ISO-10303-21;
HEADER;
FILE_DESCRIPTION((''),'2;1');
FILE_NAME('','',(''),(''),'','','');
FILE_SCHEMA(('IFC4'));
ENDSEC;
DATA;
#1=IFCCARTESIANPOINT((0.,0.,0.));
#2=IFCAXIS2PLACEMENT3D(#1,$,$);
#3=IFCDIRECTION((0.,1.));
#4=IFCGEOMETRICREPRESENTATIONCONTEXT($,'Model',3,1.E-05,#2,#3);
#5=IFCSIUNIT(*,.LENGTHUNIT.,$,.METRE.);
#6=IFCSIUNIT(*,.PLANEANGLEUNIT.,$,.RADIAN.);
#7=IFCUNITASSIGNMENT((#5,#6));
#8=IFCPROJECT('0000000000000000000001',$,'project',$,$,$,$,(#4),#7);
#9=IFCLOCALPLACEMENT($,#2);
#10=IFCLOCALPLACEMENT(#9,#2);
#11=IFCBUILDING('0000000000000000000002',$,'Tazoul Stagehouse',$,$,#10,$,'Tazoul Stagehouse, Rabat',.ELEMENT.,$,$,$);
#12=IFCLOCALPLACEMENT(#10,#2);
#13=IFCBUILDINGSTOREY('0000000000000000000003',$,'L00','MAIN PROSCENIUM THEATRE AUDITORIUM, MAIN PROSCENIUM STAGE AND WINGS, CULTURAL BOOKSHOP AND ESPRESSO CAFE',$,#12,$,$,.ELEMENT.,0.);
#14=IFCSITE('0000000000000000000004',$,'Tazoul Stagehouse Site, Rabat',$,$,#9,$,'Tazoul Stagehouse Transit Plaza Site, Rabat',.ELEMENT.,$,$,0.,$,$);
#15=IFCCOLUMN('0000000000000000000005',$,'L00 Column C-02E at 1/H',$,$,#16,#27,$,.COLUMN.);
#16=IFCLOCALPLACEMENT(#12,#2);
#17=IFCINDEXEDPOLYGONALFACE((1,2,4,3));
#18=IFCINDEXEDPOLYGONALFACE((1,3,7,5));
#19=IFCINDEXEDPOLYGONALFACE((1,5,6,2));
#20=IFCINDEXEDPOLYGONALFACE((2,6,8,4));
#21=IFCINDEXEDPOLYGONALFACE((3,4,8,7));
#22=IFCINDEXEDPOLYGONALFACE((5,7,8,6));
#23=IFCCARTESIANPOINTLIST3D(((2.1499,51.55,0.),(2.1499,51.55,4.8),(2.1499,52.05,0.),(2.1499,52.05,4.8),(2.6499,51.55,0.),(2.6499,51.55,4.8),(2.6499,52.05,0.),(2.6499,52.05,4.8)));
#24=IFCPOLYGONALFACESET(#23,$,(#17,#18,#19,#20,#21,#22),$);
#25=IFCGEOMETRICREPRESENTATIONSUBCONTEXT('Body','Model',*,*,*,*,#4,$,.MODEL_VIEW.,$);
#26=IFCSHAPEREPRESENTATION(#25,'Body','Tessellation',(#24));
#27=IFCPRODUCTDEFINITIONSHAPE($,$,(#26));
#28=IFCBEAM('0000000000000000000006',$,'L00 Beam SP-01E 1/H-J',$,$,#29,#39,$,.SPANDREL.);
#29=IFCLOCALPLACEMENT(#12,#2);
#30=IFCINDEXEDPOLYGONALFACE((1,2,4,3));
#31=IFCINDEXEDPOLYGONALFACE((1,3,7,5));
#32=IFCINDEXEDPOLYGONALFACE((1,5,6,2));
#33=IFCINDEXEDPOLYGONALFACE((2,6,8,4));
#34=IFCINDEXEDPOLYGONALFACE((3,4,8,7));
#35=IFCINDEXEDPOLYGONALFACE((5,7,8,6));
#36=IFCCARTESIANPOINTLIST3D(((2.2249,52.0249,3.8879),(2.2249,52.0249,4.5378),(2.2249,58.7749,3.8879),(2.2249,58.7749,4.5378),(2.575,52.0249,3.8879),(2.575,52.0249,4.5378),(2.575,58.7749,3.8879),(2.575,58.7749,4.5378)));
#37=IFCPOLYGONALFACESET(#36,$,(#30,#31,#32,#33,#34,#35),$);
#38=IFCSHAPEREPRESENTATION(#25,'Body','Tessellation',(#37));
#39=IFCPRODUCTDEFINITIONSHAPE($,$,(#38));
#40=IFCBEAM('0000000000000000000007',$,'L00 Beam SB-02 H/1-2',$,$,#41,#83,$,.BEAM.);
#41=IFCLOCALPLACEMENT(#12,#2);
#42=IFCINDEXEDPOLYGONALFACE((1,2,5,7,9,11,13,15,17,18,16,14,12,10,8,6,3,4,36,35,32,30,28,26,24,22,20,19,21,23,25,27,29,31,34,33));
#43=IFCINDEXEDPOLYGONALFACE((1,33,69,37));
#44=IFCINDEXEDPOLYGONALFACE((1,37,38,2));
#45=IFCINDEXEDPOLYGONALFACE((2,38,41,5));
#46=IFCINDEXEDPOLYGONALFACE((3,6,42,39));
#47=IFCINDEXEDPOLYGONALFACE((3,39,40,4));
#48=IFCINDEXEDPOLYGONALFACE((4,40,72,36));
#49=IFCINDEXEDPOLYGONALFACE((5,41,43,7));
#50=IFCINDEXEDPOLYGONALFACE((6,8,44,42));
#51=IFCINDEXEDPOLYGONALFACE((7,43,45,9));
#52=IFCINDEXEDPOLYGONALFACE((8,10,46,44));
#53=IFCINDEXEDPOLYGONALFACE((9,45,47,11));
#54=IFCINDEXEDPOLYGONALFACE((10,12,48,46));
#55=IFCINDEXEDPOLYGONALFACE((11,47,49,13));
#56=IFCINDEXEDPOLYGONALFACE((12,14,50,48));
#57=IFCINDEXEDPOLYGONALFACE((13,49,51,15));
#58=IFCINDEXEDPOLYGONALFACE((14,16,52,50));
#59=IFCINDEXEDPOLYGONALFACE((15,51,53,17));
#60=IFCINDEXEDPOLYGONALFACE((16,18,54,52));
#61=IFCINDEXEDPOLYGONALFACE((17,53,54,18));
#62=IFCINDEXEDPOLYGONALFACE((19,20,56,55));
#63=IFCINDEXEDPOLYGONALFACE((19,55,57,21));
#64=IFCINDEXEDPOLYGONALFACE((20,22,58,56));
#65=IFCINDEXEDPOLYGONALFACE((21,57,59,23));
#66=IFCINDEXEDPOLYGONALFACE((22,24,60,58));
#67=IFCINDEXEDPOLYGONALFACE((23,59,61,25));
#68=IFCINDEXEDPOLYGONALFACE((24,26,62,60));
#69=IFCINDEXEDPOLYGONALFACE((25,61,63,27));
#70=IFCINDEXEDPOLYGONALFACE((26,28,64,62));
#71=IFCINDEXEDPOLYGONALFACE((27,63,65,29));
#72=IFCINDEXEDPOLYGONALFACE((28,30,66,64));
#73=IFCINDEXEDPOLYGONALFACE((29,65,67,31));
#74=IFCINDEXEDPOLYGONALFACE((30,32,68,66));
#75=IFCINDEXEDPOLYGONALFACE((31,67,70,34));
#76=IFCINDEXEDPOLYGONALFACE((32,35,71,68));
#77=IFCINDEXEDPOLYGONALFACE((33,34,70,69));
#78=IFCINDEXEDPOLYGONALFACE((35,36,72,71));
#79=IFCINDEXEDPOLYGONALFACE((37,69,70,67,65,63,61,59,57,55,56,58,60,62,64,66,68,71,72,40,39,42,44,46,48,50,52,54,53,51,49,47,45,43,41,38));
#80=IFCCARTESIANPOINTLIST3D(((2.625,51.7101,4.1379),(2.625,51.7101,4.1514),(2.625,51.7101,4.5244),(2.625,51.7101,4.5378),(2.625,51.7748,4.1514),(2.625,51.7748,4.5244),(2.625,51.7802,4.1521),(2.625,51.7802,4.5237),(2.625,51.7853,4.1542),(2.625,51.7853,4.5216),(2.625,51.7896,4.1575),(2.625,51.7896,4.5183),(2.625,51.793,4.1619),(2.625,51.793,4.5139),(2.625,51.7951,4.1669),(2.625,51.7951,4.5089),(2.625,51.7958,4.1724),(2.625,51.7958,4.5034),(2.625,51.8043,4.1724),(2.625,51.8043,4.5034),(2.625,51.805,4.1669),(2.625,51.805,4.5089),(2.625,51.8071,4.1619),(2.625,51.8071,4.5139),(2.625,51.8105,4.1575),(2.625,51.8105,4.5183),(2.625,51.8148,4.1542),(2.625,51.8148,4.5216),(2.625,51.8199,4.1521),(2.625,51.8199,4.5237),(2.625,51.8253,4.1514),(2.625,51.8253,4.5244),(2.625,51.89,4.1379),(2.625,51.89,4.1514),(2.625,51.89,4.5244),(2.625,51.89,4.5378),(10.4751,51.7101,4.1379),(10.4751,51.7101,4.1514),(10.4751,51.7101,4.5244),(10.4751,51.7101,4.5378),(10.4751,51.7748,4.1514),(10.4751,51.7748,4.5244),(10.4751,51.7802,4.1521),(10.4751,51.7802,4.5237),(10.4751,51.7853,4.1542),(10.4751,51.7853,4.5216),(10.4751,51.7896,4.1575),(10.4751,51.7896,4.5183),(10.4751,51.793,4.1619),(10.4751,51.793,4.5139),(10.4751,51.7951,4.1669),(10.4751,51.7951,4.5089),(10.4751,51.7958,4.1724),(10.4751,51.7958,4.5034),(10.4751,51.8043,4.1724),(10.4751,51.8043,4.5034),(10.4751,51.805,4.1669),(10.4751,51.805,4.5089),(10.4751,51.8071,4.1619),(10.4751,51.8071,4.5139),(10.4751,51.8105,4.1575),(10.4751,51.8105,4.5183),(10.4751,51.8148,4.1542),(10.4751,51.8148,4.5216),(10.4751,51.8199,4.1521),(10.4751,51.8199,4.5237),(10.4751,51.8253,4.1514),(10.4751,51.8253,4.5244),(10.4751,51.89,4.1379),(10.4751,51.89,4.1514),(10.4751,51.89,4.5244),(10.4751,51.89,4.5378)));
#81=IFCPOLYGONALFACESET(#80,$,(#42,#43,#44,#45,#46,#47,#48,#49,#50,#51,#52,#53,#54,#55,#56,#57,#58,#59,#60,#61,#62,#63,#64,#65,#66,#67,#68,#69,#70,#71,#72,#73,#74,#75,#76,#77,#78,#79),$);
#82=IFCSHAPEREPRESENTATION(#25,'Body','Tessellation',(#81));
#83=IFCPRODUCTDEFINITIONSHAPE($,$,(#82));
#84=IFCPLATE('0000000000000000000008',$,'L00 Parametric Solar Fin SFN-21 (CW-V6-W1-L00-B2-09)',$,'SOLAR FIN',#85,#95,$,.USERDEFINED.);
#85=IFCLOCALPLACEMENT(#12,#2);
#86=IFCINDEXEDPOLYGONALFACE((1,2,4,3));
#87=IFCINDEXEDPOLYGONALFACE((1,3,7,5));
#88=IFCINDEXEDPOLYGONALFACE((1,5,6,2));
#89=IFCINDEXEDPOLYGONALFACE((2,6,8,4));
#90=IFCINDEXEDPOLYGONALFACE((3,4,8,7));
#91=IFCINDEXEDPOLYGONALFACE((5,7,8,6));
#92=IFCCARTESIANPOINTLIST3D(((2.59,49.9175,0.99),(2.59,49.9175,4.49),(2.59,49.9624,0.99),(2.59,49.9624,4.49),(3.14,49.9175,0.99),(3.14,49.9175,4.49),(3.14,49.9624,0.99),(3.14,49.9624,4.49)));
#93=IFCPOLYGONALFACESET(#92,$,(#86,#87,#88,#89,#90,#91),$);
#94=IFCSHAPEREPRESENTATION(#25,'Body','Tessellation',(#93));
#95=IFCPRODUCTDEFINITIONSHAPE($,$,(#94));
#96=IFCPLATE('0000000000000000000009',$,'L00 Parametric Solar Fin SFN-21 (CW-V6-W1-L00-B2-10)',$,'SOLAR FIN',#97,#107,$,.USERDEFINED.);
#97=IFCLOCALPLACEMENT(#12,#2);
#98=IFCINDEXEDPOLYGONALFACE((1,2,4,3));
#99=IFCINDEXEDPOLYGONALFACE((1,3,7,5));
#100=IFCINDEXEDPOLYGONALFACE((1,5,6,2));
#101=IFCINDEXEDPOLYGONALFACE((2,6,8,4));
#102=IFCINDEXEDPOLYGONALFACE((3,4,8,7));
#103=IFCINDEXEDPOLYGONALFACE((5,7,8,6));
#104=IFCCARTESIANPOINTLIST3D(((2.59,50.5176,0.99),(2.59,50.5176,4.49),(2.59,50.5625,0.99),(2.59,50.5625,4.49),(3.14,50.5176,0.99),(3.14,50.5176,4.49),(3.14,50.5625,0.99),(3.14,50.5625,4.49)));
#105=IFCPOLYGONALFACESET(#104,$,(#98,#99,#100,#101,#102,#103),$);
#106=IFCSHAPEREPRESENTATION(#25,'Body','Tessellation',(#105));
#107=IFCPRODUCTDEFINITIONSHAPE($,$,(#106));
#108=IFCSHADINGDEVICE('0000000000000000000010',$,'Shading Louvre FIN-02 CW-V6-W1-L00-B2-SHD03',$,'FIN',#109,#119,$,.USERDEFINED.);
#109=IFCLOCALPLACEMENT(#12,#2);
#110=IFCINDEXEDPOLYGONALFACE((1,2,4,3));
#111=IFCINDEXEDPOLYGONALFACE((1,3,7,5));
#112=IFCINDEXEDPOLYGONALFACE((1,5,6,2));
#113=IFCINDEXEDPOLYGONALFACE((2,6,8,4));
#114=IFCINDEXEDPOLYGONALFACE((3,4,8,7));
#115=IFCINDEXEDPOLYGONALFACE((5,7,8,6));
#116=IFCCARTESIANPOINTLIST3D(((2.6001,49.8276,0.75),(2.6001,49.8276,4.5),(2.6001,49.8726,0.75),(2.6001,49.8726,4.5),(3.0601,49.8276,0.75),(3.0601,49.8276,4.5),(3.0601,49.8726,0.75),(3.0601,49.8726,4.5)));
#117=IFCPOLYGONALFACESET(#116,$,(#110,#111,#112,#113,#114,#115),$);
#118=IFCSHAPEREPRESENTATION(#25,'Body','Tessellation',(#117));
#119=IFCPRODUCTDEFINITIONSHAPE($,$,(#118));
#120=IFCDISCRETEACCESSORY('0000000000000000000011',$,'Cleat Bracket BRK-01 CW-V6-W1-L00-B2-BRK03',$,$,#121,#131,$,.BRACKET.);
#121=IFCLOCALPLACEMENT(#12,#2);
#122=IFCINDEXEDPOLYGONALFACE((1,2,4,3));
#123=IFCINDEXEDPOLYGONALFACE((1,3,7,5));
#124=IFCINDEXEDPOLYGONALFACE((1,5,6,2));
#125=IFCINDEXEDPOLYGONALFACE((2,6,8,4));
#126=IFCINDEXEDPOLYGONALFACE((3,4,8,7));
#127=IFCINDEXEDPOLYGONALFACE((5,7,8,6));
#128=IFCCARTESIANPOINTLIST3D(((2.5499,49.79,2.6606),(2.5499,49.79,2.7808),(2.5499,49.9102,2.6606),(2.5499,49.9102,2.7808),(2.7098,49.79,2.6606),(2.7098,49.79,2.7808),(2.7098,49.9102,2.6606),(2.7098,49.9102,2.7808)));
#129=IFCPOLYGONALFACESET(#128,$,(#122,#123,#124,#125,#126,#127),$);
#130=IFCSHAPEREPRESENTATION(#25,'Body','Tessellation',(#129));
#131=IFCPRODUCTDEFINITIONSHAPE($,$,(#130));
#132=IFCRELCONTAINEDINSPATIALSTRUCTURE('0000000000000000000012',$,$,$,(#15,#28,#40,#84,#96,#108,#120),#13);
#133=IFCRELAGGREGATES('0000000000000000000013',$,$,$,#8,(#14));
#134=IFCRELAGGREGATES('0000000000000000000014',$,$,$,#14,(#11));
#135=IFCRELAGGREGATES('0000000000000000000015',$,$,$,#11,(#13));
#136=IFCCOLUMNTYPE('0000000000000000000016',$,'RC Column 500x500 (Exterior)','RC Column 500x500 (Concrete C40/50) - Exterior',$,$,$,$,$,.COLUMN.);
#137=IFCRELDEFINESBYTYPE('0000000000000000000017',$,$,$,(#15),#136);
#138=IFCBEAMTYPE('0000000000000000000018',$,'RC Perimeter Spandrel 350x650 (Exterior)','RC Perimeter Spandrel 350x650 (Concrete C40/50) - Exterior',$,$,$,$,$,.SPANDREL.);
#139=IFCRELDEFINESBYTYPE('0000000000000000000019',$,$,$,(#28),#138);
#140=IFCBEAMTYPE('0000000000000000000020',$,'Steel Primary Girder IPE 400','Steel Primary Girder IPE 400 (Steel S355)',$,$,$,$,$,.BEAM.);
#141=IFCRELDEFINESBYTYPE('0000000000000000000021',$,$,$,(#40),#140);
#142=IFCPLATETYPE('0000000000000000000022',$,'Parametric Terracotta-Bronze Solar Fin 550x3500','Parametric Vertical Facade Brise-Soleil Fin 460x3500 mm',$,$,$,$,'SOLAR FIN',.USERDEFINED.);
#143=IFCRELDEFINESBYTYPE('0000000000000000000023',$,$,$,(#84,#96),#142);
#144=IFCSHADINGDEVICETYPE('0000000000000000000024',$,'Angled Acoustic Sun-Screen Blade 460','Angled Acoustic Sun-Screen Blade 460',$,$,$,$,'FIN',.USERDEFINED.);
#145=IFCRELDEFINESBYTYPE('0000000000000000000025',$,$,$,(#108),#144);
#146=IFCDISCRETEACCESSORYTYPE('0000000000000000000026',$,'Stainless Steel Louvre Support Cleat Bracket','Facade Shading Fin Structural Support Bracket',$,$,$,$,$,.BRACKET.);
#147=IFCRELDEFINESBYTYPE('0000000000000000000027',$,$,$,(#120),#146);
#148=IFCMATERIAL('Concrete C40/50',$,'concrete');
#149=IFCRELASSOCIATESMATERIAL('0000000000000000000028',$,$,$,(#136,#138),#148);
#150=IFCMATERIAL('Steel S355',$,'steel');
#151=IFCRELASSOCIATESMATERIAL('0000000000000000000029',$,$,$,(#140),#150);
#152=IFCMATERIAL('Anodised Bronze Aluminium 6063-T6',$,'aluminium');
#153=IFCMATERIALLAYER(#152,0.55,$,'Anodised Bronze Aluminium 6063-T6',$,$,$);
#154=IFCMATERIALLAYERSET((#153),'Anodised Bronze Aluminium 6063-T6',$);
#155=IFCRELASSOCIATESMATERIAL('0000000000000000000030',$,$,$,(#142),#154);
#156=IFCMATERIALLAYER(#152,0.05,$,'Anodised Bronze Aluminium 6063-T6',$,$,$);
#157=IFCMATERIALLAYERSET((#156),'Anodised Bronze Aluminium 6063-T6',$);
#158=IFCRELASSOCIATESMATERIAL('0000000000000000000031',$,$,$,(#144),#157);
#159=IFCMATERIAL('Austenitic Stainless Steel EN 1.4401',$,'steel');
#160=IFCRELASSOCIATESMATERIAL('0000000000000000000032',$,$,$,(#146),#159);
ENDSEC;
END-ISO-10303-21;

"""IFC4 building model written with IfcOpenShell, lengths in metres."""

from ifc_helpers import new_model, si_unit, direction, frame, origin, origin_2d, place, context, subcontext, project, spatial, rectangle, i_section, extrude, material, layer, layer_set, material_profile, profile_set, type_object, element, save


model = new_model("IFC4")

# Units and contexts
model_context = context("Model", 3, precision=1e-05, world=origin(), true_north=direction((0.0, 1.0)))
body_context = subcontext(model_context, "Body", "Model", "MODEL_VIEW")
ifc_project = project(units=[si_unit("LENGTHUNIT", "METRE"), si_unit("PLANEANGLEUNIT", "RADIAN")], contexts=[model_context])

# Site, building, storey
site_placement = place(None, origin())
site = spatial("IfcSite", under=ifc_project, at=site_placement, Name="Tazoul Stagehouse Site, Rabat", LongName="Tazoul Stagehouse Transit Plaza Site, Rabat", CompositionType="ELEMENT", RefElevation=0.0)
building_placement = place(site_placement, origin())
building = spatial("IfcBuilding", under=site, at=building_placement, Name="Tazoul Stagehouse", LongName="Tazoul Stagehouse, Rabat", CompositionType="ELEMENT")
storey_placement = place(building_placement, origin())
storey = spatial("IfcBuildingStorey", under=building, at=storey_placement, Name="L00", Description="MAIN PROSCENIUM THEATRE AUDITORIUM, MAIN PROSCENIUM STAGE AND WINGS, CULTURAL BOOKSHOP AND ESPRESSO CAFE", CompositionType="ELEMENT", Elevation=0.0)

# Column
ifc_material_1 = material(Name="Concrete C40/50", Category="concrete")
ifc_material_profile_1 = material_profile(ifc_material_1, rectangle(XDim=0.5, YDim=0.5, at=origin_2d()), Name="RC 500x500")
ifc_profile_set_1 = profile_set([ifc_material_profile_1], Name="Concrete C40/50")
column_type = type_object("IfcColumnType", Name="RC Column 500x500 (Exterior)", Description="RC Column 500x500 (Concrete C40/50) - Exterior", PredefinedType="COLUMN", material=ifc_profile_set_1)
column_placement = place(storey_placement, frame((2.3999, 51.8, 0.0), z_axis=(0.0, 0.0, 1.0), x_axis=(1.0, 0.0, 0.0)))
element("IfcColumn", 1, at=column_placement, inside=storey, type_object=column_type, Name="L00 Column C-02E at 1/H", PredefinedType="COLUMN", context=body_context, shape_type="SweptSolid", body=[
    extrude(rectangle(XDim=0.5, YDim=0.5, at=origin_2d()), origin(), (0.0, 0.0, 1.0), 4.8),
])

# Beams
ifc_material_profile_2 = material_profile(ifc_material_1, rectangle(XDim=0.3501, YDim=0.6499, at=origin_2d()), Name="RC 350x650")
ifc_profile_set_2 = profile_set([ifc_material_profile_2], Name="Concrete C40/50")
beam_type_1 = type_object("IfcBeamType", Name="RC Perimeter Spandrel 350x650 (Exterior)", Description="RC Perimeter Spandrel 350x650 (Concrete C40/50) - Exterior", PredefinedType="SPANDREL", material=ifc_profile_set_2)
beam_1_placement = place(storey_placement, frame((2.3999, 52.0249, 4.2129), z_axis=(0.0, 1.0, 0.0), x_axis=(-1.0, 0.0, 0.0)))
element("IfcBeam", 2, at=beam_1_placement, inside=storey, type_object=beam_type_1, Name="L00 Beam SP-01E 1/H-J", PredefinedType="SPANDREL", context=body_context, shape_type="SweptSolid", body=[
    extrude(rectangle(XDim=0.3501, YDim=0.6499, at=origin_2d()), origin(), (0.0, 0.0, 1.0), 6.75),
])
ifc_material_2 = material(Name="Steel S355", Category="steel")
ifc_material_profile_3 = material_profile(ifc_material_2, i_section(OverallWidth=0.1799, OverallDepth=0.3999, WebThickness=0.0085, FlangeThickness=0.0134, FilletRadius=0.021, at=origin_2d()), Name="IPE 400")
ifc_profile_set_3 = profile_set([ifc_material_profile_3], Name="Steel S355")
beam_type_2 = type_object("IfcBeamType", Name="Steel Primary Girder IPE 400", Description="Steel Primary Girder IPE 400 (Steel S355)", PredefinedType="BEAM", material=ifc_profile_set_3)
beam_2_placement = place(storey_placement, frame((2.625, 51.8, 4.3379), z_axis=(1.0, 0.0, 0.0), x_axis=(0.0, 1.0, 0.0)))
element("IfcBeam", 3, at=beam_2_placement, inside=storey, type_object=beam_type_2, Name="L00 Beam SB-02 H/1-2", PredefinedType="BEAM", context=body_context, shape_type="SweptSolid", body=[
    extrude(i_section(OverallWidth=0.1799, OverallDepth=0.3999, WebThickness=0.0085, FlangeThickness=0.0134, FilletRadius=0.021, at=origin_2d()), origin(), (0.0, 0.0, 1.0), 7.8501),
])

# Plates
ifc_material_3 = material(Name="Anodised Bronze Aluminium 6063-T6", Category="aluminium")
ifc_layer_1 = layer(ifc_material_3, 0.55, Name="Anodised Bronze Aluminium 6063-T6")
ifc_layer_set_1 = layer_set([ifc_layer_1], Name="Anodised Bronze Aluminium 6063-T6")
plate_type = type_object("IfcPlateType", Name="Parametric Terracotta-Bronze Solar Fin 550x3500", Description="Parametric Vertical Facade Brise-Soleil Fin 460x3500 mm", ElementType="SOLAR FIN", PredefinedType="USERDEFINED", material=ifc_layer_set_1)
for number, where, z_axis, x_axis, name in (
    (4, (2.865, 49.9399, 0.99), (0.0, 0.0, 1.0), (0.0, 1.0, 0.0), "L00 Parametric Solar Fin SFN-21 (CW-V6-W1-L00-B2-09)"),
    (5, (2.865, 50.54, 0.99), (0.0, 0.0, 1.0), (0.0, 1.0, 0.0), "L00 Parametric Solar Fin SFN-21 (CW-V6-W1-L00-B2-10)"),
):
    element("IfcPlate", number, at=place(storey_placement, frame(where, z_axis=z_axis, x_axis=x_axis)), inside=storey, type_object=plate_type, Name=name, ObjectType="SOLAR FIN", PredefinedType="USERDEFINED", context=body_context, shape_type="SweptSolid", body=[
        extrude(rectangle(XDim=0.0449, YDim=0.55, at=origin_2d()), origin(), (0.0, 0.0, 1.0), 3.5),
    ])

# Shading device
ifc_layer_2 = layer(ifc_material_3, 0.05, Name="Anodised Bronze Aluminium 6063-T6")
ifc_layer_set_2 = layer_set([ifc_layer_2], Name="Anodised Bronze Aluminium 6063-T6")
shading_device_type = type_object("IfcShadingDeviceType", Name="Angled Acoustic Sun-Screen Blade 460", Description="Angled Acoustic Sun-Screen Blade 460", ElementType="FIN", PredefinedType="USERDEFINED", material=ifc_layer_set_2)
shading_device_placement = place(storey_placement, frame((2.8301, 49.8501, 0.75), z_axis=(0.0, 0.0, 1.0), x_axis=(0.0, 1.0, 0.0)))
element("IfcShadingDevice", 6, at=shading_device_placement, inside=storey, type_object=shading_device_type, Name="Shading Louvre FIN-02 CW-V6-W1-L00-B2-SHD03", ObjectType="FIN", PredefinedType="USERDEFINED", context=body_context, shape_type="SweptSolid", body=[
    extrude(rectangle(XDim=0.0449, YDim=0.46, at=origin_2d()), origin(), (0.0, 0.0, 1.0), 3.75),
])

# Discrete accessory
ifc_material_4 = material(Name="Austenitic Stainless Steel EN 1.4401", Category="steel")
discrete_accessory_type = type_object("IfcDiscreteAccessoryType", Name="Stainless Steel Louvre Support Cleat Bracket", Description="Facade Shading Fin Structural Support Bracket", PredefinedType="BRACKET", material=ifc_material_4)
discrete_accessory_placement = place(storey_placement, frame((2.6299, 49.8501, 2.6606), z_axis=(0.0, 0.0, 1.0), x_axis=(0.0, 1.0, 0.0)))
element("IfcDiscreteAccessory", 7, at=discrete_accessory_placement, inside=storey, type_object=discrete_accessory_type, Name="Cleat Bracket BRK-01 CW-V6-W1-L00-B2-BRK03", PredefinedType="BRACKET", context=body_context, shape_type="SweptSolid", body=[
    extrude(rectangle(XDim=0.1201, YDim=0.1599, at=origin_2d()), origin(), (0.0, 0.0, 1.0), 0.1201),
])

save(model, "model.ifc")
